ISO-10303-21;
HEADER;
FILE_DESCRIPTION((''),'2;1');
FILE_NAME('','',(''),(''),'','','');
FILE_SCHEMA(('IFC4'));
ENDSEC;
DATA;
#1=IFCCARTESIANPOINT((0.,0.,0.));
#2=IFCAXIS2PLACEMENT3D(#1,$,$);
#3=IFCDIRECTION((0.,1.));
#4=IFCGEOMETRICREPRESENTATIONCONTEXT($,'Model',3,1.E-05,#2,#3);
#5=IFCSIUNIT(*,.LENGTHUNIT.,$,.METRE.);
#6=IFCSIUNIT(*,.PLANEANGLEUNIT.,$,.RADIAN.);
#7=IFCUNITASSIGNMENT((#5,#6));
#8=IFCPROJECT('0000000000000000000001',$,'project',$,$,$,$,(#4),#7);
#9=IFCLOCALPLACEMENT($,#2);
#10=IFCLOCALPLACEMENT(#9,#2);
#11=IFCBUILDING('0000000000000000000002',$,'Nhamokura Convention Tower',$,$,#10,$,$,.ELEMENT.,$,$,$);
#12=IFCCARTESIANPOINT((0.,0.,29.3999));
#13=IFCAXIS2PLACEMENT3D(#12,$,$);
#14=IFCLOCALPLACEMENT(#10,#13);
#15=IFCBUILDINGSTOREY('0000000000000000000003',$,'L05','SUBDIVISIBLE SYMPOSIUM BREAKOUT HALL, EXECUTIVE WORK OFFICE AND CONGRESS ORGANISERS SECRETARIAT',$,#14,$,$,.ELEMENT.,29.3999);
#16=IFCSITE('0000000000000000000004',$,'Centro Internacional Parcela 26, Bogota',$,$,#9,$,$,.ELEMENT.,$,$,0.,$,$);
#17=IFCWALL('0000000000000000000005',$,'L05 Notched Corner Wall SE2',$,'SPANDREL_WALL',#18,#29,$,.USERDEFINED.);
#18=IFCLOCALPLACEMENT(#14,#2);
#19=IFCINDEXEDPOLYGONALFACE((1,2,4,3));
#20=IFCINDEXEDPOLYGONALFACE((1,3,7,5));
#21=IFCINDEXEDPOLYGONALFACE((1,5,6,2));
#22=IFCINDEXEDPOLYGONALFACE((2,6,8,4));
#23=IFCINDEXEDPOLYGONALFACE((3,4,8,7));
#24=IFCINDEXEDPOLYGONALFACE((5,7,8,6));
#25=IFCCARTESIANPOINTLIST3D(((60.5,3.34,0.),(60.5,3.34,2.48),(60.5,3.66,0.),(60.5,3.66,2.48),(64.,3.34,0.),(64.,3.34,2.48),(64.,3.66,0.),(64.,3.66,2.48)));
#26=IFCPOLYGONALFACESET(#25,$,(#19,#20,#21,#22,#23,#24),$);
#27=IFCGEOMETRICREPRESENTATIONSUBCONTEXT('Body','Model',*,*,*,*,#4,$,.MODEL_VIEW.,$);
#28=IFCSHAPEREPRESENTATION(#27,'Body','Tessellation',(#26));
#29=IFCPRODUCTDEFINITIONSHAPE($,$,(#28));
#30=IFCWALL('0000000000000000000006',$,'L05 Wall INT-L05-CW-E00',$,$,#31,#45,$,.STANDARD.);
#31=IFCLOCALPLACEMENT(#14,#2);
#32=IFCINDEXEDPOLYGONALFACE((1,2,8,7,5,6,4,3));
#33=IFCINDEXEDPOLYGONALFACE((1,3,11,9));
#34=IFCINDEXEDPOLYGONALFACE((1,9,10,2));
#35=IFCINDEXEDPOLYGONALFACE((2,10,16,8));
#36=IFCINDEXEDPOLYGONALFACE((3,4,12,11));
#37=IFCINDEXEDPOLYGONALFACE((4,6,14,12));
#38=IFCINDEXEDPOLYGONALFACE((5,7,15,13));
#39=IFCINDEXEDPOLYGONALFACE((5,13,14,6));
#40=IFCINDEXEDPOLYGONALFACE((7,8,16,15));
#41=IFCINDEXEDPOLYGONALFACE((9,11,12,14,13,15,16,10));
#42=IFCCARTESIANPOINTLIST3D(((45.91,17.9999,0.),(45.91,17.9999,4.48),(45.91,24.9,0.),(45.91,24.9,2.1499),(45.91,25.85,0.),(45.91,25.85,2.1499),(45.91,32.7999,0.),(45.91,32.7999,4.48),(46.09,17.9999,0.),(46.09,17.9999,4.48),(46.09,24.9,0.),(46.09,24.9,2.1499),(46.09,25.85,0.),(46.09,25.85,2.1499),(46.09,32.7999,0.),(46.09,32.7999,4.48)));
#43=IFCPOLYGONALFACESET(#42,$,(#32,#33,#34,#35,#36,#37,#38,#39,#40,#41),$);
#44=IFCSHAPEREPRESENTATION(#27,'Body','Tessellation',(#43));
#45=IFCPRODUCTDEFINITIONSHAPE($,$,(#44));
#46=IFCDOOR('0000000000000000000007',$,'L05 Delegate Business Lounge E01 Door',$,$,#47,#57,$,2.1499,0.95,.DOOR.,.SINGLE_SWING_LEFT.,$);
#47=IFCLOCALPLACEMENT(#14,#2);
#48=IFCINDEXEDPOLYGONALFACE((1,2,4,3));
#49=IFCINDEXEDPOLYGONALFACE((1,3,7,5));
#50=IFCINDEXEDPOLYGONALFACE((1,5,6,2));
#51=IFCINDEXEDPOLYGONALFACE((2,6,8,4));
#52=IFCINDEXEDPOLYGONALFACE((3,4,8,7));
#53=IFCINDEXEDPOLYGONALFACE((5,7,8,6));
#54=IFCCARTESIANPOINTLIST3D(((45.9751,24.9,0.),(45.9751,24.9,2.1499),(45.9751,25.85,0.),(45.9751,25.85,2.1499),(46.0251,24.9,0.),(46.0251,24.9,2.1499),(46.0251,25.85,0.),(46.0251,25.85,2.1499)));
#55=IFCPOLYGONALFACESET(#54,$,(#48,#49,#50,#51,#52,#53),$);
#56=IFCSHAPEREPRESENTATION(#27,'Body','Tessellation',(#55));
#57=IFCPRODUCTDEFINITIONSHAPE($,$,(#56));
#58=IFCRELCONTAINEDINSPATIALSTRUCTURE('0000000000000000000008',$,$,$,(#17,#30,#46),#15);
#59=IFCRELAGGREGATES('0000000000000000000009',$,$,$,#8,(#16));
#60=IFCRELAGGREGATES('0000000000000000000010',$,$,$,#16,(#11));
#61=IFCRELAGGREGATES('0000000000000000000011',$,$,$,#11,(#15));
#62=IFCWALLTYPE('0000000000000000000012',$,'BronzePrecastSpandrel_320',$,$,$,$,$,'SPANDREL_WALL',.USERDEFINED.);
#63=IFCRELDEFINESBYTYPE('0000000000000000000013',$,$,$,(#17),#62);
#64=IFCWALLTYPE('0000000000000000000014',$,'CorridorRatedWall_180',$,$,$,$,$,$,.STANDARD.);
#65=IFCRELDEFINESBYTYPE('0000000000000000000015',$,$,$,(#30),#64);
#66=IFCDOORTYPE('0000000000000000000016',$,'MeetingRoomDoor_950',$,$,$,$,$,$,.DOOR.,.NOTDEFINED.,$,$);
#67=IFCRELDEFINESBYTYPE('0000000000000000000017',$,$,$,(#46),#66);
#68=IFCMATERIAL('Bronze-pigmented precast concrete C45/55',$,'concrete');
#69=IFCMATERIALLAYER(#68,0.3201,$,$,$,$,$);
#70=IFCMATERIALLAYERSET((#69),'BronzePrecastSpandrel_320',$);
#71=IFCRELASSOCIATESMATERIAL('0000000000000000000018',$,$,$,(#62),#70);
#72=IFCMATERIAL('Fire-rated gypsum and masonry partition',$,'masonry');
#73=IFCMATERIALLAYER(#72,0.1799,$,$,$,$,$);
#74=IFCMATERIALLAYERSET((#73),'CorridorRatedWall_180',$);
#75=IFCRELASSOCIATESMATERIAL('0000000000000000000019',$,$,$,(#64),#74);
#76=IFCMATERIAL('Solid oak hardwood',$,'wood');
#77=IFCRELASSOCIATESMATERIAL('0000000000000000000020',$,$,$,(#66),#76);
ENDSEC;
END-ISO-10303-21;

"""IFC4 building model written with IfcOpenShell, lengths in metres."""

from ifc_helpers import new_model, si_unit, direction, frame, frame_2d, origin, place, context, subcontext, project, spatial, rectangle, extrude, material, layer, layer_set, type_object, element, fill, save


model = new_model("IFC4")

# Units and contexts
model_context = context("Model", 3, precision=1e-05, world=origin(), true_north=direction((0.0, 1.0)))
body_context = subcontext(model_context, "Body", "Model", "MODEL_VIEW")
ifc_project = project(units=[si_unit("LENGTHUNIT", "METRE"), si_unit("PLANEANGLEUNIT", "RADIAN")], contexts=[model_context])

# Site, building, storey
site_placement = place(None, origin())
site = spatial("IfcSite", under=ifc_project, at=site_placement, Name="Centro Internacional Parcela 26, Bogota", CompositionType="ELEMENT", RefElevation=0.0)
building_placement = place(site_placement, origin())
building = spatial("IfcBuilding", under=site, at=building_placement, Name="Nhamokura Convention Tower", CompositionType="ELEMENT")
storey_placement = place(building_placement, frame((0.0, 0.0, 29.3999)))
storey = spatial("IfcBuildingStorey", under=building, at=storey_placement, Name="L05", Description="SUBDIVISIBLE SYMPOSIUM BREAKOUT HALL, EXECUTIVE WORK OFFICE AND CONGRESS ORGANISERS SECRETARIAT", CompositionType="ELEMENT", Elevation=29.3999)

# Shared definitions
ifc_material_1 = material(Name="Bronze-pigmented precast concrete C45/55", Category="concrete")
ifc_layer_1 = layer(ifc_material_1, 0.3201)
ifc_layer_set_1 = layer_set([ifc_layer_1], Name="BronzePrecastSpandrel_320")
wall_type_1 = type_object("IfcWallType", Name="BronzePrecastSpandrel_320", ElementType="SPANDREL_WALL", PredefinedType="USERDEFINED", material=ifc_layer_set_1)

# Wall
for number, where, z_axis, x_axis, name in (
    (1, (64.0, 3.5, 0.0), (0.0, 0.0, 1.0), (-1.0, 0.0, 0.0), "L05 Notched Corner Wall SE2"),
):
    element("IfcWall", number, at=place(storey_placement, frame(where, z_axis=z_axis, x_axis=x_axis)), inside=storey, type_object=wall_type_1, Name=name, ObjectType="SPANDREL_WALL", PredefinedType="USERDEFINED", context=body_context, shape_type="SweptSolid", body=[
        extrude(rectangle(XDim=3.5, YDim=0.3201, at=frame_2d((1.75, 0.0))), origin(), (0.0, 0.0, 1.0), 2.48),
    ])

# Wall, opening, door
ifc_material_2 = material(Name="Fire-rated gypsum and masonry partition", Category="masonry")
ifc_layer_2 = layer(ifc_material_2, 0.1799)
ifc_layer_set_2 = layer_set([ifc_layer_2], Name="CorridorRatedWall_180")
wall_type_2 = type_object("IfcWallType", Name="CorridorRatedWall_180", PredefinedType="STANDARD", material=ifc_layer_set_2)
wall_1_placement = place(storey_placement, frame((46.0, 18.0, 0.0), z_axis=(0.0, 0.0, 1.0), x_axis=(0.0, 1.0, 0.0)))
wall_1 = element("IfcWall", 2, at=wall_1_placement, inside=storey, type_object=wall_type_2, Name="L05 Wall INT-L05-CW-E00", PredefinedType="STANDARD", context=body_context, shape_type="SweptSolid", body=[
    extrude(rectangle(XDim=14.8, YDim=0.1799, at=frame_2d((7.3999, 0.0))), origin(), (0.0, 0.0, 1.0), 4.48),
])
opening_1_placement = place(wall_1_placement, frame((6.8999, 0.0, 0.0)))
opening_1 = element("IfcOpeningElement", 3, at=opening_1_placement, cuts=wall_1, PredefinedType="OPENING", context=body_context, shape_type="SweptSolid", body=[
    extrude(rectangle(XDim=0.95, YDim=2.1499, at=frame_2d((0.4751, 1.075))), frame((0.0, 0.0999, 0.0), z_axis=(0.0, -1.0, 0.0), x_axis=(1.0, 0.0, 0.0)), (0.0, 0.0, 1.0), 0.2),
])
ifc_material_3 = material(Name="Solid oak hardwood", Category="wood")
door_type = type_object("IfcDoorType", Name="MeetingRoomDoor_950", OperationType="NOTDEFINED", PredefinedType="DOOR", material=ifc_material_3)
door_placement = place(opening_1_placement, origin())
door = element("IfcDoor", 4, at=door_placement, inside=storey, type_object=door_type, Name="L05 Delegate Business Lounge E01 Door", OperationType="SINGLE_SWING_LEFT", OverallHeight=2.1499, OverallWidth=0.95, PredefinedType="DOOR", context=body_context, shape_type="SweptSolid", body=[
    extrude(rectangle(XDim=0.95, YDim=2.1499, at=frame_2d((0.4751, 1.075))), frame((0.0, 0.0249, 0.0), z_axis=(0.0, -1.0, 0.0), x_axis=(1.0, 0.0, 0.0)), (0.0, 0.0, 1.0), 0.05),
])
fill(opening_1, door)

save(model, "model.ifc")
